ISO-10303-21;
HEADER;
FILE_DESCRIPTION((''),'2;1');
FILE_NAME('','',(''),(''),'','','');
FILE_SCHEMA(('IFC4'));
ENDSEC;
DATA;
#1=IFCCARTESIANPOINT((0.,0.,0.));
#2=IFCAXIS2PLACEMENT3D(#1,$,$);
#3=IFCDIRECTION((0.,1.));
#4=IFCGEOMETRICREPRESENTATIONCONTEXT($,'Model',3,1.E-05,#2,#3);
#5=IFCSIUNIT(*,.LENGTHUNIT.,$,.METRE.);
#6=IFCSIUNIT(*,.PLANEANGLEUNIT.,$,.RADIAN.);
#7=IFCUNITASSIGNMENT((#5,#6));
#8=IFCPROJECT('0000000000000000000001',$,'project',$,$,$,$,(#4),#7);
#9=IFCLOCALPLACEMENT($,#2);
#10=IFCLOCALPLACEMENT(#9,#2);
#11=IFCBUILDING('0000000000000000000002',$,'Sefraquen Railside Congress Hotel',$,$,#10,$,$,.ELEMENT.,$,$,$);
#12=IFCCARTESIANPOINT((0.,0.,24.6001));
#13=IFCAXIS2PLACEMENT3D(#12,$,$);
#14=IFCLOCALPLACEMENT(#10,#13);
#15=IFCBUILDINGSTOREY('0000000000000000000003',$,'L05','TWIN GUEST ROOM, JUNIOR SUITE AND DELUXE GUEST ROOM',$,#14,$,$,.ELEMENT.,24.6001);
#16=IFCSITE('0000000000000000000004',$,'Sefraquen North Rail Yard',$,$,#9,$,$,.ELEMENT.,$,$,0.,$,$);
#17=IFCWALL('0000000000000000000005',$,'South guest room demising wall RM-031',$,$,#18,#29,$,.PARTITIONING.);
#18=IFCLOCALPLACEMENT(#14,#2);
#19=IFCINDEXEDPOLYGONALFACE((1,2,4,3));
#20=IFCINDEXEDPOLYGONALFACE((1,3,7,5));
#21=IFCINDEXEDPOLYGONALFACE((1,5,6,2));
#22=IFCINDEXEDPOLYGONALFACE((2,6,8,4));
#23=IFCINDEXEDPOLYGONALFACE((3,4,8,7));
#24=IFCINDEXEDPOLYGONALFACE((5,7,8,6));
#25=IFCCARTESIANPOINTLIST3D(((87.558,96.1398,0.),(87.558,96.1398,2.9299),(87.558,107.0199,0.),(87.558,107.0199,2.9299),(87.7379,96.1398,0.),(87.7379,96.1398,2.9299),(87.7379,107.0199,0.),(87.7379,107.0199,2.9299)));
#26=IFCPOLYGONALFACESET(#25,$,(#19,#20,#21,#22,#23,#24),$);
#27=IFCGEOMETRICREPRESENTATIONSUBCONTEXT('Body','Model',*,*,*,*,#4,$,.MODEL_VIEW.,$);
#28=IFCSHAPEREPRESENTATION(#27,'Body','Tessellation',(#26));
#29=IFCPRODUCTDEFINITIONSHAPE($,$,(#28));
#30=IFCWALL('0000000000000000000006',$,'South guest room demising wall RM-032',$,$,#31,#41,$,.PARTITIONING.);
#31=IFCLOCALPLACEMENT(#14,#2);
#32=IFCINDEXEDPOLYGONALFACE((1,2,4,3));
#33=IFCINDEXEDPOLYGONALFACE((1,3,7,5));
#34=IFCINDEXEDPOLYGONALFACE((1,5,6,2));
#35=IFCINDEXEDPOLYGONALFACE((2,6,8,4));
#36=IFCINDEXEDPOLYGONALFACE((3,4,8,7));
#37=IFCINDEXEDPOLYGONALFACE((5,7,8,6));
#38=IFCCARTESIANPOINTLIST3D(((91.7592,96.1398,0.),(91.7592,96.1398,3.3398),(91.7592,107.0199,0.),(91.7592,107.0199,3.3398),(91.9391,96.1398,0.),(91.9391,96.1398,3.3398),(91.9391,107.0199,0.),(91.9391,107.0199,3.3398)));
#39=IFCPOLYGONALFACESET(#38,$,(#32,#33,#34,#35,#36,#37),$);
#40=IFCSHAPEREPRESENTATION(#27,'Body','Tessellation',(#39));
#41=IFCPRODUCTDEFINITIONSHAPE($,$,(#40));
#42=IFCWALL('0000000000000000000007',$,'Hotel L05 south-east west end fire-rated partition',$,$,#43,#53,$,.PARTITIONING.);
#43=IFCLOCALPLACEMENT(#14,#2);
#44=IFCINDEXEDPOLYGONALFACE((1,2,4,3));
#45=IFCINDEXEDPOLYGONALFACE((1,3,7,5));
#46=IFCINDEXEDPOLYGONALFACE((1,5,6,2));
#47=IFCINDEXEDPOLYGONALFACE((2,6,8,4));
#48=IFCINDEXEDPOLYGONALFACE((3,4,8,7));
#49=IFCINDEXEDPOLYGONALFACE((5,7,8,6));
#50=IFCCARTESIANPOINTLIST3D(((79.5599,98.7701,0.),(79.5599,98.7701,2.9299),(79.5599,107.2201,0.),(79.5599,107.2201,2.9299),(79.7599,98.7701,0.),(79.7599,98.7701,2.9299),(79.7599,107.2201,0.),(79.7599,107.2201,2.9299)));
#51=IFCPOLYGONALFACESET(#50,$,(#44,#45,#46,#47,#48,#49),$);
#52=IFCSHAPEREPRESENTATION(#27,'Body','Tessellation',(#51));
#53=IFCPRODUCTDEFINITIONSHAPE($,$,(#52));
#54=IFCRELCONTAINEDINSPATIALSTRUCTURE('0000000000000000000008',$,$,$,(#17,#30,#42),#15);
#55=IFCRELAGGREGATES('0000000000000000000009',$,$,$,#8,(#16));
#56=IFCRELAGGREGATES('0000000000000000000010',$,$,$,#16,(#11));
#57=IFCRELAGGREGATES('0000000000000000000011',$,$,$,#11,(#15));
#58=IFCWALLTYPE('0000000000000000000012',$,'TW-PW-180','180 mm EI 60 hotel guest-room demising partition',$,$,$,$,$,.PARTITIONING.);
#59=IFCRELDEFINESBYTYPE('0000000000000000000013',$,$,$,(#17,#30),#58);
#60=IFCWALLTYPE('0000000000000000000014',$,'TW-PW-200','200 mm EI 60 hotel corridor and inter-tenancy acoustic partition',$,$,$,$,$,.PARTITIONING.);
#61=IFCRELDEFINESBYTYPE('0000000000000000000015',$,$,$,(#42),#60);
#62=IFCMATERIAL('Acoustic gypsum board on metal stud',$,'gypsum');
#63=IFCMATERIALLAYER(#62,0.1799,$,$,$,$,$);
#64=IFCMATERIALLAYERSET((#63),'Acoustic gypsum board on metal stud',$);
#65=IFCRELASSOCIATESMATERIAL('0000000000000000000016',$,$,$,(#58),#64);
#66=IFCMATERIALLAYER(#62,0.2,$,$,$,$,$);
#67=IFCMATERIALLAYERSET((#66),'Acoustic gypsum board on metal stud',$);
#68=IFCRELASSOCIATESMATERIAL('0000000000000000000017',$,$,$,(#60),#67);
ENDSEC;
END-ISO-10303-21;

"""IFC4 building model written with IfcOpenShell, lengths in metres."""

from ifc_helpers import new_model, si_unit, direction, frame, frame_2d, origin, place, context, subcontext, project, spatial, rectangle, extrude, material, layer, layer_set, type_object, element, save


model = new_model("IFC4")

# Units and contexts
model_context = context("Model", 3, precision=1e-05, world=origin(), true_north=direction((0.0, 1.0)))
body_context = subcontext(model_context, "Body", "Model", "MODEL_VIEW")
ifc_project = project(units=[si_unit("LENGTHUNIT", "METRE"), si_unit("PLANEANGLEUNIT", "RADIAN")], contexts=[model_context])

# Site, building, storey
site_placement = place(None, origin())
site = spatial("IfcSite", under=ifc_project, at=site_placement, Name="Sefraquen North Rail Yard", CompositionType="ELEMENT", RefElevation=0.0)
building_placement = place(site_placement, origin())
building = spatial("IfcBuilding", under=site, at=building_placement, Name="Sefraquen Railside Congress Hotel", CompositionType="ELEMENT")
storey_placement = place(building_placement, frame((0.0, 0.0, 24.6001)))
storey = spatial("IfcBuildingStorey", under=building, at=storey_placement, Name="L05", Description="TWIN GUEST ROOM, JUNIOR SUITE AND DELUXE GUEST ROOM", CompositionType="ELEMENT", Elevation=24.6001)

# Walls
ifc_material_1 = material(Name="Acoustic gypsum board on metal stud", Category="gypsum")
ifc_layer_1 = layer(ifc_material_1, 0.1799)
ifc_layer_set_1 = layer_set([ifc_layer_1], Name="Acoustic gypsum board on metal stud")
wall_type_1 = type_object("IfcWallType", Name="TW-PW-180", Description="180 mm EI 60 hotel guest-room demising partition", PredefinedType="PARTITIONING", material=ifc_layer_set_1)
wall_1_placement = place(storey_placement, frame((87.6479, 96.1399, 0.0), z_axis=(0.0, 0.0, 1.0), x_axis=(0.0, 1.0, 0.0)))
element("IfcWall", 1, at=wall_1_placement, inside=storey, type_object=wall_type_1, Name="South guest room demising wall RM-031", PredefinedType="PARTITIONING", context=body_context, shape_type="SweptSolid", body=[
    extrude(rectangle(XDim=10.8801, YDim=0.1799, at=frame_2d((5.4399, 0.0))), origin(), (0.0, 0.0, 1.0), 2.9299),
])
wall_2_placement = place(storey_placement, frame((91.8491, 96.1399, 0.0), z_axis=(0.0, 0.0, 1.0), x_axis=(0.0, 1.0, 0.0)))
element("IfcWall", 2, at=wall_2_placement, inside=storey, type_object=wall_type_1, Name="South guest room demising wall RM-032", PredefinedType="PARTITIONING", context=body_context, shape_type="SweptSolid", body=[
    extrude(rectangle(XDim=10.8801, YDim=0.1799, at=frame_2d((5.4399, 0.0))), origin(), (0.0, 0.0, 1.0), 3.3398),
])
ifc_layer_2 = layer(ifc_material_1, 0.2)
ifc_layer_set_2 = layer_set([ifc_layer_2], Name="Acoustic gypsum board on metal stud")
wall_type_2 = type_object("IfcWallType", Name="TW-PW-200", Description="200 mm EI 60 hotel corridor and inter-tenancy acoustic partition", PredefinedType="PARTITIONING", material=ifc_layer_set_2)
wall_3_placement = place(storey_placement, frame((79.6599, 98.77, 0.0), z_axis=(0.0, 0.0, 1.0), x_axis=(0.0, 1.0, 0.0)))
element("IfcWall", 3, at=wall_3_placement, inside=storey, type_object=wall_type_2, Name="Hotel L05 south-east west end fire-rated partition", PredefinedType="PARTITIONING", context=body_context, shape_type="SweptSolid", body=[
    extrude(rectangle(XDim=8.45, YDim=0.2, at=frame_2d((4.2251, 0.0))), origin(), (0.0, 0.0, 1.0), 2.9299),
])

save(model, "model.ifc")
